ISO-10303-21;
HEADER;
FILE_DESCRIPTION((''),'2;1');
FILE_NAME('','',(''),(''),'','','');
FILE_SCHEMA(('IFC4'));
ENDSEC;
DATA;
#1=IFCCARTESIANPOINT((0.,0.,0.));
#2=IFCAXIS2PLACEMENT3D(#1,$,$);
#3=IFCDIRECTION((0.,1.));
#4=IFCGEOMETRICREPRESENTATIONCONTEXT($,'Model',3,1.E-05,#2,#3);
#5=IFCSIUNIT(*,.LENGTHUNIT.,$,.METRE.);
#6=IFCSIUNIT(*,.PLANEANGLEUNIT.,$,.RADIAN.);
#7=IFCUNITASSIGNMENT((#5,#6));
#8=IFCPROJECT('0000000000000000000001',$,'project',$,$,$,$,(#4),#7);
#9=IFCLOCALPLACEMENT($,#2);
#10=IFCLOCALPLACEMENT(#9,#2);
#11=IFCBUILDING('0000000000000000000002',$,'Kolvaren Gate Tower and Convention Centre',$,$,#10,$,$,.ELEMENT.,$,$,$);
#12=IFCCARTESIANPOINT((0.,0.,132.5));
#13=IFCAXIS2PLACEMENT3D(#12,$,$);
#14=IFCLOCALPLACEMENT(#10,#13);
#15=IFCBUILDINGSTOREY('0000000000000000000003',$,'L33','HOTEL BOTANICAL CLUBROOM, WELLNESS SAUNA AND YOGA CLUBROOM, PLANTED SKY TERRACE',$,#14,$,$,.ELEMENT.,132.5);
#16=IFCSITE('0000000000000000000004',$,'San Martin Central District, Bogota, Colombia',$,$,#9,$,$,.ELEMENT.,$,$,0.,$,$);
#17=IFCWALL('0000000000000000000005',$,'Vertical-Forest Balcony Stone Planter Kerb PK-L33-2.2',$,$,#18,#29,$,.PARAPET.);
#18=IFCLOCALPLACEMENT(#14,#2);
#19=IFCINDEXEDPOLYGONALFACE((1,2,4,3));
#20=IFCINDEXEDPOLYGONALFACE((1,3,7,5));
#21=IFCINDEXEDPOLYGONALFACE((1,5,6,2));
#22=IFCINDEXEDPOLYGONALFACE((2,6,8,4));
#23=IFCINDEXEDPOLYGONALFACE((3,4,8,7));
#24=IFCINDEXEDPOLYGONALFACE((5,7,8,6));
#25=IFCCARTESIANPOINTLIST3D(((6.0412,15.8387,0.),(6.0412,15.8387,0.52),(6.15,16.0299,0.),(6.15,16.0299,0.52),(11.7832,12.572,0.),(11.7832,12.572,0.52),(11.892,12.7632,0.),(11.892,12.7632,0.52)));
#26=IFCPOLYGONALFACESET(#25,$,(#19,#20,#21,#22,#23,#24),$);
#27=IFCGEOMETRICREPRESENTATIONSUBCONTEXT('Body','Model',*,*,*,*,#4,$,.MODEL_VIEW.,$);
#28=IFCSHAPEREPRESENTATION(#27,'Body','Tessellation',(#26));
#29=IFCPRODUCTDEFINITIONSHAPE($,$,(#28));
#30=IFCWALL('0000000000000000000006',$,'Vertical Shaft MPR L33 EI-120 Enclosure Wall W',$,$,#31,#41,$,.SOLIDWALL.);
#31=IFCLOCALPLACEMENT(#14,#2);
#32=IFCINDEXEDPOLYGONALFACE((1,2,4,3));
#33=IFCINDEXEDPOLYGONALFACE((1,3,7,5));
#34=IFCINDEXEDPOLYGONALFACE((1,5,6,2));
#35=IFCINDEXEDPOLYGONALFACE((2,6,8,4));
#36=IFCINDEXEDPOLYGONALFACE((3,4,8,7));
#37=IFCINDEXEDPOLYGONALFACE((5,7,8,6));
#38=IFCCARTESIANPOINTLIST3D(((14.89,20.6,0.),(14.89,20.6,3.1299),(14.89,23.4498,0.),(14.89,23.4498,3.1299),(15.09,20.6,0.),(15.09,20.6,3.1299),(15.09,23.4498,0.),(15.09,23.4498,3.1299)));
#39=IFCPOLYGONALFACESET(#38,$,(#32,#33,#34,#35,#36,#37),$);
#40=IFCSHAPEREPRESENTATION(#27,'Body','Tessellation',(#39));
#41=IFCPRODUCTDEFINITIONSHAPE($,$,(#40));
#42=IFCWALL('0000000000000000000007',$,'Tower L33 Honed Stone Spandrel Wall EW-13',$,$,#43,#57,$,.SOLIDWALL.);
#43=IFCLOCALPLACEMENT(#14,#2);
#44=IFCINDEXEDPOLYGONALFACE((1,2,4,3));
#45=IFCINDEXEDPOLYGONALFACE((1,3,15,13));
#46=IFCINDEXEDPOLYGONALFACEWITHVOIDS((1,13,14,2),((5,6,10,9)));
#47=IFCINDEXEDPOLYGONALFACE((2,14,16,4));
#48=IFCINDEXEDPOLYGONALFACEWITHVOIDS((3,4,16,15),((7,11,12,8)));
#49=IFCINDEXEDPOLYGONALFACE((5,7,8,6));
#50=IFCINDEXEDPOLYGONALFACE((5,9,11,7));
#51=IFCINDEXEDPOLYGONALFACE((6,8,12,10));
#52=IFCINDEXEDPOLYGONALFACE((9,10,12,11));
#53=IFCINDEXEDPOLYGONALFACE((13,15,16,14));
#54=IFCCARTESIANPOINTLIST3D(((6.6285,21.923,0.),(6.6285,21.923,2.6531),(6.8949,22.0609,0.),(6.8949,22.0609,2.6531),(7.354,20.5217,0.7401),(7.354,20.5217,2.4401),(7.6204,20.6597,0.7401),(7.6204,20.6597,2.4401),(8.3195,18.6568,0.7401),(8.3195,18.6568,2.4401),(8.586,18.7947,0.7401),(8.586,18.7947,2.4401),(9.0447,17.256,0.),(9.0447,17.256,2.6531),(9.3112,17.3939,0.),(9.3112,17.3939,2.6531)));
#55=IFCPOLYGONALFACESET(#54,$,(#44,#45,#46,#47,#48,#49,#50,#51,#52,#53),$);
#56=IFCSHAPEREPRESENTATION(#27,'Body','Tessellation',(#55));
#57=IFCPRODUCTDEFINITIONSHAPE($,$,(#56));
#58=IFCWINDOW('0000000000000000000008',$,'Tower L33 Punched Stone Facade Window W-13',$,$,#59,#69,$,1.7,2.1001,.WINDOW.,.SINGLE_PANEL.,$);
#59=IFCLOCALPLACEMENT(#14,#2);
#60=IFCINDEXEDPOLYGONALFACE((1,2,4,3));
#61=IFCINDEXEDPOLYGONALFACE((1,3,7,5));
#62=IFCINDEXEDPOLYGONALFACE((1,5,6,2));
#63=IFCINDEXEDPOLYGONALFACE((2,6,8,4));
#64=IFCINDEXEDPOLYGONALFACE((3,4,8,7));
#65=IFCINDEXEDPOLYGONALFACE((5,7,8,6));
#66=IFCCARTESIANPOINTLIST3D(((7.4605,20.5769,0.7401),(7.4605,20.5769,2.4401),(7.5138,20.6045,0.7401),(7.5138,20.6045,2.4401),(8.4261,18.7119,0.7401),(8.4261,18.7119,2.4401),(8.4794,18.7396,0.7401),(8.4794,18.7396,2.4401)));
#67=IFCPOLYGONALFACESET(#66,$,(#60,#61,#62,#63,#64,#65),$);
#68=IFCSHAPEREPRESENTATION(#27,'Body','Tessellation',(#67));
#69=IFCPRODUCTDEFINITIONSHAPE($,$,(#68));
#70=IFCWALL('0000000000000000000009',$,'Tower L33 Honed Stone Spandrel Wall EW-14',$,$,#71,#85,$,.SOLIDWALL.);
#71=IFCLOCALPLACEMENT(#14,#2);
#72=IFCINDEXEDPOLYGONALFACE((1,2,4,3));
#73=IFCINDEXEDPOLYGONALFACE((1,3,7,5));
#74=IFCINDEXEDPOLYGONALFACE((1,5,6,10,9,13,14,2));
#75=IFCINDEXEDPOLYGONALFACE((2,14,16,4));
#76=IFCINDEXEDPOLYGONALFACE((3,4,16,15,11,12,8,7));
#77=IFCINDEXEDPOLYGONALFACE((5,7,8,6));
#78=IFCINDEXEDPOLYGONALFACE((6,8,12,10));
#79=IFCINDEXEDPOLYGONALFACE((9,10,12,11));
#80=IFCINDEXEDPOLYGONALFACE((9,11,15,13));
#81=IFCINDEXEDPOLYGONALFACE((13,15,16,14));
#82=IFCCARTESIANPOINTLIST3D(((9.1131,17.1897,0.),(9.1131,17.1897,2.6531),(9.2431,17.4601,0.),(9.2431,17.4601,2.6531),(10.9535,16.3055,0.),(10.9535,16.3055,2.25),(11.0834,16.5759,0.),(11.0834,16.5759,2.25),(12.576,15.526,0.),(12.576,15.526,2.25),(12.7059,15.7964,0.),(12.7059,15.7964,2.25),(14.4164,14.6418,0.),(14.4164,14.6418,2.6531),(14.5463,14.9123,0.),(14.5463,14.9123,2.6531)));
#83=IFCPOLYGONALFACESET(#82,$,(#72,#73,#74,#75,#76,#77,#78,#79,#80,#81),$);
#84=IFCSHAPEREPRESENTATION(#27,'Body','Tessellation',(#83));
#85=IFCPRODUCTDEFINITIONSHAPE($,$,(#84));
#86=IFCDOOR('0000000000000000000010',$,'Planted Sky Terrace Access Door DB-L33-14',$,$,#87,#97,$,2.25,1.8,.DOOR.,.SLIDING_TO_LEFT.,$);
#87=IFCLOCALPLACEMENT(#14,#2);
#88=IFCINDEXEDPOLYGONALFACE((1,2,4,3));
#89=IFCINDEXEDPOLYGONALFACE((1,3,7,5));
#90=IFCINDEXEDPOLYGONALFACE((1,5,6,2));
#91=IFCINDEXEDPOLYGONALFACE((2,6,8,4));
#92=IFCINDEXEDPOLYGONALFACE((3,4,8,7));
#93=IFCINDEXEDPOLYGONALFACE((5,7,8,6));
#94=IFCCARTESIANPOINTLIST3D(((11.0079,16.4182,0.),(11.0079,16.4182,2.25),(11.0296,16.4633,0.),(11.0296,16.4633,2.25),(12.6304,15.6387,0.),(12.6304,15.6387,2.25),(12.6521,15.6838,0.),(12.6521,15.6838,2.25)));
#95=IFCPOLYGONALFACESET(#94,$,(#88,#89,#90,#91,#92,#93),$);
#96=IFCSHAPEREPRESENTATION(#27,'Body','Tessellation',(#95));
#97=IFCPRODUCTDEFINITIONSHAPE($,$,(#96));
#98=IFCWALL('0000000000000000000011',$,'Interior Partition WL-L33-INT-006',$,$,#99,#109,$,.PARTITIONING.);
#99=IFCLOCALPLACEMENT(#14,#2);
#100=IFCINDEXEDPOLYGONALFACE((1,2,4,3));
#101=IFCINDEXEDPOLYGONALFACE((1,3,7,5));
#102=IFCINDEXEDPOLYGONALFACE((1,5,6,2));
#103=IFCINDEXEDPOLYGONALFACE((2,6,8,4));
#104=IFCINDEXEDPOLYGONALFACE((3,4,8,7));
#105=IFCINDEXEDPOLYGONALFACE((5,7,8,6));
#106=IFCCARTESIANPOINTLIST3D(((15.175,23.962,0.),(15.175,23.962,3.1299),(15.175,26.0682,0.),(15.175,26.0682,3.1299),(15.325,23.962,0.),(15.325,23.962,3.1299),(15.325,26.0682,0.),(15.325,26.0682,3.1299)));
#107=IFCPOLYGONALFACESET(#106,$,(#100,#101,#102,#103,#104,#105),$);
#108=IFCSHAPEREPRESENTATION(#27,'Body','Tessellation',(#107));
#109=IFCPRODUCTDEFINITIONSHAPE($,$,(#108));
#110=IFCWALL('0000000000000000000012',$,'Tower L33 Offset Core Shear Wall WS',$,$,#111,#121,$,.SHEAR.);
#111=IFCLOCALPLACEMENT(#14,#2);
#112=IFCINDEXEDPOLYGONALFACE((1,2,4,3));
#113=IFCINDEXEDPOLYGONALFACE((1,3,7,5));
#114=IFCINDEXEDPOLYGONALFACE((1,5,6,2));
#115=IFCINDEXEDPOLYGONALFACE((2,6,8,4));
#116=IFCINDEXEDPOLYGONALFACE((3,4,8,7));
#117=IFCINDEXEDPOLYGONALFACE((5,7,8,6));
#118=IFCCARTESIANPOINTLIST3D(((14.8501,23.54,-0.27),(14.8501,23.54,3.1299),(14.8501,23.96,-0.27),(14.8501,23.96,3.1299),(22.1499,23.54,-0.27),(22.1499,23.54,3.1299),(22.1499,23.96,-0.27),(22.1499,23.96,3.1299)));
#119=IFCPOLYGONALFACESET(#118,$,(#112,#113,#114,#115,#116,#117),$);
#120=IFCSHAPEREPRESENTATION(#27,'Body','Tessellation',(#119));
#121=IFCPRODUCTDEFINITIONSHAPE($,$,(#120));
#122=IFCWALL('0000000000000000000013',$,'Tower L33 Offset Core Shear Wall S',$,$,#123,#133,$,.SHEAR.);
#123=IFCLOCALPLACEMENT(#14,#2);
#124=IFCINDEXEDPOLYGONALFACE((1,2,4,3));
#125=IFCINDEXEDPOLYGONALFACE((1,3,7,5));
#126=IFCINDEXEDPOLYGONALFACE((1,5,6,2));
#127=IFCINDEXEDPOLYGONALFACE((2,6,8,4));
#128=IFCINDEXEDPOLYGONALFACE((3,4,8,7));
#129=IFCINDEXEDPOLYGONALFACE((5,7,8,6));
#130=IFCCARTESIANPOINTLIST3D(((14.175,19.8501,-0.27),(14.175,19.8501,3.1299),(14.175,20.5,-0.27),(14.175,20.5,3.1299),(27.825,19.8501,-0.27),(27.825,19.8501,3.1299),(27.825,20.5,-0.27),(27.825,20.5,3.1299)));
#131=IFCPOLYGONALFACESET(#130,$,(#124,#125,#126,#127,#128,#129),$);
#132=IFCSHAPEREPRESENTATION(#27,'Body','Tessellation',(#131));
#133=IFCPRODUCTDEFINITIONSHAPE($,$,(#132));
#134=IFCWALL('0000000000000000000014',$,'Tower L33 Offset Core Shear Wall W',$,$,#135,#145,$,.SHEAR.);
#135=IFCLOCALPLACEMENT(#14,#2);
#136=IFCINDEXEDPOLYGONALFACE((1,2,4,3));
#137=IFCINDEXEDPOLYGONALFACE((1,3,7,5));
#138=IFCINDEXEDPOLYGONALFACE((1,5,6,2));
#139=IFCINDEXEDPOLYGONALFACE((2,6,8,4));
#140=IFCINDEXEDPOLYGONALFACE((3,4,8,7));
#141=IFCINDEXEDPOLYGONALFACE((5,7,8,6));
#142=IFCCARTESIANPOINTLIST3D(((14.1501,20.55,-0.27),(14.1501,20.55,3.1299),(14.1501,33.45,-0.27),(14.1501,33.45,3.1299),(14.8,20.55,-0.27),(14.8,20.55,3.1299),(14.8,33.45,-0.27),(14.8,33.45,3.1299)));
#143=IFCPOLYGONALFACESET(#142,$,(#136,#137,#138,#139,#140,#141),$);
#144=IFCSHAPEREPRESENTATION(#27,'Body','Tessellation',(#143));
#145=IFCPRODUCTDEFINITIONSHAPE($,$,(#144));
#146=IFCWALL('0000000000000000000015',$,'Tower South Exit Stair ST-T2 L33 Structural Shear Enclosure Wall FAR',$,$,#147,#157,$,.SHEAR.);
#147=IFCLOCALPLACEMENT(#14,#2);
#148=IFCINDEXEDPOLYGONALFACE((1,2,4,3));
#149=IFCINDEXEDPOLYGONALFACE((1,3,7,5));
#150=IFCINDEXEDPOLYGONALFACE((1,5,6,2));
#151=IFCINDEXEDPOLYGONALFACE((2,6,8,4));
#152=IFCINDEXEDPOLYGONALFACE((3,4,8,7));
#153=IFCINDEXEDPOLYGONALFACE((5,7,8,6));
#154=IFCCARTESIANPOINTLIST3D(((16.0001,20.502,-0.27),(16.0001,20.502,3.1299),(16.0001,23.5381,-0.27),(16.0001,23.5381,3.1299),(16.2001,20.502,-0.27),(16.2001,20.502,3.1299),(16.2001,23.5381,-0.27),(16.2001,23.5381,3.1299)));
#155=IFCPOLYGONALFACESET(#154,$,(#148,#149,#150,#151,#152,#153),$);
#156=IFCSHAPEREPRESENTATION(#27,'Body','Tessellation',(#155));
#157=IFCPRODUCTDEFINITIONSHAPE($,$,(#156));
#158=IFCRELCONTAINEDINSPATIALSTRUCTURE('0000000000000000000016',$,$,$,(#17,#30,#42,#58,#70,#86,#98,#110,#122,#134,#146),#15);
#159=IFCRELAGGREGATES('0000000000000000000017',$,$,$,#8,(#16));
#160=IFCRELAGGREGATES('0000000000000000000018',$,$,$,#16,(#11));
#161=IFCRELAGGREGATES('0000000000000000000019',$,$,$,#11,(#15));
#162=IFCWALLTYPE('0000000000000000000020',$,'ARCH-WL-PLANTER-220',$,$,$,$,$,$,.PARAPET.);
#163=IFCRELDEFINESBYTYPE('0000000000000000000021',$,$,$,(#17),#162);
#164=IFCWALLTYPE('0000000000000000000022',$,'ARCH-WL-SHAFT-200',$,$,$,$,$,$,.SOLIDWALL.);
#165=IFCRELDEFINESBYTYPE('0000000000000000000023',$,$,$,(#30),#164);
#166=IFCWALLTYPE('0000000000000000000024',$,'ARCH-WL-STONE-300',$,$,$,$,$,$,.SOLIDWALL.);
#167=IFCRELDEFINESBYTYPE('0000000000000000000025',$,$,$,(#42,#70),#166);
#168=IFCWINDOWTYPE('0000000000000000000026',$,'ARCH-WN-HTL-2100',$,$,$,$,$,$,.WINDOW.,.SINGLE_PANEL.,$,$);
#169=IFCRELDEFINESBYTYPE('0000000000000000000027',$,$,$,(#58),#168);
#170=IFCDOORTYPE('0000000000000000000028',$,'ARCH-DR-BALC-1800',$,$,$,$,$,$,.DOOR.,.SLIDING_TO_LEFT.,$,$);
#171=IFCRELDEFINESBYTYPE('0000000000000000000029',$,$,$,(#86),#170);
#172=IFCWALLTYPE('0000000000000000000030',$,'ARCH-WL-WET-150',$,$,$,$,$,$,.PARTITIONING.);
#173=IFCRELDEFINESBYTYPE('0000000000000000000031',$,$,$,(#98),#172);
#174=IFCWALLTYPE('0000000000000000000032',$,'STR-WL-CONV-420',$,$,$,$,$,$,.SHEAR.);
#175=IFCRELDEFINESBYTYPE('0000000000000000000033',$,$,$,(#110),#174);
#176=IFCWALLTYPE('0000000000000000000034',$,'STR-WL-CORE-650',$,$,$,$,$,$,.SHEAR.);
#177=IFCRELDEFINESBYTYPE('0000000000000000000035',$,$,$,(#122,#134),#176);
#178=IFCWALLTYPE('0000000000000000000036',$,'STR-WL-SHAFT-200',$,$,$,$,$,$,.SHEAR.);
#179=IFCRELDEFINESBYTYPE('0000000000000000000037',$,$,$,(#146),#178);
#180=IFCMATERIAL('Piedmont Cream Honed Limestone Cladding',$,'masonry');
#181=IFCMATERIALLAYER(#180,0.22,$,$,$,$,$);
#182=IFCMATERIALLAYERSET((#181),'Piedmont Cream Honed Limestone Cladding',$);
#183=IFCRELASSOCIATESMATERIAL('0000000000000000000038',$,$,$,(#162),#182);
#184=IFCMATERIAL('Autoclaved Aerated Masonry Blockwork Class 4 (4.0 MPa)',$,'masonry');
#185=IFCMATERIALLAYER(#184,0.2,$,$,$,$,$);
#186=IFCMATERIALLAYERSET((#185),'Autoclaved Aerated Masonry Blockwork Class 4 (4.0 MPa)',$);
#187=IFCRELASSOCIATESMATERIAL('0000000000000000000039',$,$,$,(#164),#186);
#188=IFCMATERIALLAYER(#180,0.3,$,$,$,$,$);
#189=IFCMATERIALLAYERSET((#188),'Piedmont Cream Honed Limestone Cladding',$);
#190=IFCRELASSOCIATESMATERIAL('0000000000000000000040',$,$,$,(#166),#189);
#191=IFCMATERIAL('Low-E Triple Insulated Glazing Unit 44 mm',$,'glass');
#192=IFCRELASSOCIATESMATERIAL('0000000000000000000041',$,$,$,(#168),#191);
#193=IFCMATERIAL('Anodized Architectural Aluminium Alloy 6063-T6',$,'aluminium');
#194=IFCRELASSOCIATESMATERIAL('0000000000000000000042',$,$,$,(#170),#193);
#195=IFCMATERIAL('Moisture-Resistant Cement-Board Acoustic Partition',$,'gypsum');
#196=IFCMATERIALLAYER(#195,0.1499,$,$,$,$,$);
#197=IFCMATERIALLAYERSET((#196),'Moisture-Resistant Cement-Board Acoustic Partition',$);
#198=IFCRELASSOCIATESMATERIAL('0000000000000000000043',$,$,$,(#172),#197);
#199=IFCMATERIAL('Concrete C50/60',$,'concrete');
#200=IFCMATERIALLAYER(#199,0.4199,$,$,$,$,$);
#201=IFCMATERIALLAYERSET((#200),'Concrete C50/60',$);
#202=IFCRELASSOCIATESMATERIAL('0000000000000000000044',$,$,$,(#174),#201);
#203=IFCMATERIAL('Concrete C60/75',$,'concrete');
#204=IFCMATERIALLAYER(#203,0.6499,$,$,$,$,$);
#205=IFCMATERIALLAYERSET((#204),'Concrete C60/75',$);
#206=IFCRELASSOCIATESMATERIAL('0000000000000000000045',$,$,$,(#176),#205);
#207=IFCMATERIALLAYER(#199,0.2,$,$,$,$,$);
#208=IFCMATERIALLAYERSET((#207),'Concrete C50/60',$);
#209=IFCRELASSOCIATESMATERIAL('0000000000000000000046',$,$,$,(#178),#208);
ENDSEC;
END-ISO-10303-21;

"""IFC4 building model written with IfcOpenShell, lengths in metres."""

from ifc_helpers import new_model, si_unit, direction, frame, frame_2d, origin, place, context, subcontext, project, spatial, rectangle, extrude, material, layer, layer_set, type_object, element, fill, save


model = new_model("IFC4")

# Units and contexts
model_context = context("Model", 3, precision=1e-05, world=origin(), true_north=direction((0.0, 1.0)))
body_context = subcontext(model_context, "Body", "Model", "MODEL_VIEW")
ifc_project = project(units=[si_unit("LENGTHUNIT", "METRE"), si_unit("PLANEANGLEUNIT", "RADIAN")], contexts=[model_context])

# Site, building, storey
site_placement = place(None, origin())
site = spatial("IfcSite", under=ifc_project, at=site_placement, Name="San Martin Central District, Bogota, Colombia", CompositionType="ELEMENT", RefElevation=0.0)
building_placement = place(site_placement, origin())
building = spatial("IfcBuilding", under=site, at=building_placement, Name="Kolvaren Gate Tower and Convention Centre", CompositionType="ELEMENT")
storey_placement = place(building_placement, frame((0.0, 0.0, 132.5)))
storey = spatial("IfcBuildingStorey", under=building, at=storey_placement, Name="L33", Description="HOTEL BOTANICAL CLUBROOM, WELLNESS SAUNA AND YOGA CLUBROOM, PLANTED SKY TERRACE", CompositionType="ELEMENT", Elevation=132.5)

# Shared definitions
ifc_material_1 = material(Name="Concrete C60/75", Category="concrete")

# Walls
ifc_material_2 = material(Name="Piedmont Cream Honed Limestone Cladding", Category="masonry")
ifc_layer_1 = layer(ifc_material_2, 0.22)
ifc_layer_set_1 = layer_set([ifc_layer_1], Name="Piedmont Cream Honed Limestone Cladding")
wall_type_1 = type_object("IfcWallType", Name="ARCH-WL-PLANTER-220", PredefinedType="PARAPET", material=ifc_layer_set_1)
wall_1_placement = place(storey_placement, frame((6.0955, 15.9343, 0.0), z_axis=(0.0, 0.0, 1.0), x_axis=(0.869188, -0.494482, 0.0)))
element("IfcWall", 1, at=wall_1_placement, inside=storey, type_object=wall_type_1, Name="Vertical-Forest Balcony Stone Planter Kerb PK-L33-2.2", PredefinedType="PARAPET", context=body_context, shape_type="SweptSolid", body=[
    extrude(rectangle(XDim=6.6062, YDim=0.22, at=frame_2d((3.3032, 0.0))), origin(), (0.0, 0.0, 1.0), 0.52),
])
ifc_material_3 = material(Name="Autoclaved Aerated Masonry Blockwork Class 4 (4.0 MPa)", Category="masonry")
ifc_layer_2 = layer(ifc_material_3, 0.2)
ifc_layer_set_2 = layer_set([ifc_layer_2], Name="Autoclaved Aerated Masonry Blockwork Class 4 (4.0 MPa)")
wall_type_2 = type_object("IfcWallType", Name="ARCH-WL-SHAFT-200", PredefinedType="SOLIDWALL", material=ifc_layer_set_2)
wall_2_placement = place(storey_placement, frame((14.99, 20.6001, 0.0), z_axis=(0.0, 0.0, 1.0), x_axis=(0.0, 1.0, 0.0)))
element("IfcWall", 2, at=wall_2_placement, inside=storey, type_object=wall_type_2, Name="Vertical Shaft MPR L33 EI-120 Enclosure Wall W", PredefinedType="SOLIDWALL", context=body_context, shape_type="SweptSolid", body=[
    extrude(rectangle(XDim=2.8499, YDim=0.2, at=frame_2d((1.4248, 0.0))), origin(), (0.0, 0.0, 1.0), 3.1299),
])

# Wall, opening, window
ifc_layer_3 = layer(ifc_material_2, 0.3)
ifc_layer_set_3 = layer_set([ifc_layer_3], Name="Piedmont Cream Honed Limestone Cladding")
wall_type_3 = type_object("IfcWallType", Name="ARCH-WL-STONE-300", PredefinedType="SOLIDWALL", material=ifc_layer_set_3)
wall_3_placement = place(storey_placement, frame((6.7617, 21.9919, 0.0), z_axis=(0.0, 0.0, 1.0), x_axis=(0.459768, -0.888039, 0.0)))
wall_3 = element("IfcWall", 3, at=wall_3_placement, inside=storey, type_object=wall_type_3, Name="Tower L33 Honed Stone Spandrel Wall EW-13", PredefinedType="SOLIDWALL", context=body_context, shape_type="SweptSolid", body=[
    extrude(rectangle(XDim=5.2554, YDim=0.3, at=frame_2d((2.6277, 0.0))), origin(), (0.0, 0.0, 1.0), 2.6531),
])
opening_1_placement = place(wall_3_placement, frame((1.5779, 0.0, 0.74)))
opening_1 = element("IfcOpeningElement", 4, at=opening_1_placement, cuts=wall_3, PredefinedType="OPENING", context=body_context, shape_type="SweptSolid", body=[
    extrude(rectangle(XDim=2.1001, YDim=1.7, at=frame_2d((1.05, 0.8501))), frame((0.0, 0.1599, 0.0), z_axis=(0.0, -1.0, 0.0), x_axis=(1.0, 0.0, 0.0)), (0.0, 0.0, 1.0), 0.3201),
])
ifc_material_4 = material(Name="Low-E Triple Insulated Glazing Unit 44 mm", Category="glass")
window_type = type_object("IfcWindowType", Name="ARCH-WN-HTL-2100", PartitioningType="SINGLE_PANEL", PredefinedType="WINDOW", material=ifc_material_4)
window_placement = place(opening_1_placement, origin())
window = element("IfcWindow", 5, at=window_placement, inside=storey, type_object=window_type, Name="Tower L33 Punched Stone Facade Window W-13", OverallHeight=1.7, OverallWidth=2.1001, PartitioningType="SINGLE_PANEL", PredefinedType="WINDOW", context=body_context, shape_type="SweptSolid", body=[
    extrude(rectangle(XDim=2.1001, YDim=1.7, at=frame_2d((1.05, 0.8501))), frame((0.0, 0.03, 0.0), z_axis=(0.0, -1.0, 0.0), x_axis=(1.0, 0.0, 0.0)), (0.0, 0.0, 1.0), 0.0601),
])
fill(opening_1, window)

# Wall, opening, door
wall_4_placement = place(storey_placement, frame((9.178, 17.325, 0.0), z_axis=(0.0, 0.0, 1.0), x_axis=(0.90137, -0.433049, 0.0)))
wall_4 = element("IfcWall", 6, at=wall_4_placement, inside=storey, type_object=wall_type_3, Name="Tower L33 Honed Stone Spandrel Wall EW-14", PredefinedType="SOLIDWALL", context=body_context, shape_type="SweptSolid", body=[
    extrude(rectangle(XDim=5.8835, YDim=0.3, at=frame_2d((2.9419, 0.0))), origin(), (0.0, 0.0, 1.0), 2.6531),
])
opening_2_placement = place(wall_4_placement, frame((2.042, 0.0, 0.0)))
opening_2 = element("IfcOpeningElement", 7, at=opening_2_placement, cuts=wall_4, PredefinedType="OPENING", context=body_context, shape_type="SweptSolid", body=[
    extrude(rectangle(XDim=1.8, YDim=2.25, at=frame_2d((0.8999, 1.125))), frame((0.0, 0.1599, 0.0), z_axis=(0.0, -1.0, 0.0), x_axis=(1.0, 0.0, 0.0)), (0.0, 0.0, 1.0), 0.3201),
])
ifc_material_5 = material(Name="Anodized Architectural Aluminium Alloy 6063-T6", Category="aluminium")
door_type = type_object("IfcDoorType", Name="ARCH-DR-BALC-1800", OperationType="SLIDING_TO_LEFT", PredefinedType="DOOR", material=ifc_material_5)
door_placement = place(opening_2_placement, frame((1.8, 0.0, 0.0), z_axis=(0.0, 0.0, 1.0), x_axis=(-1.0, 0.0, 0.0)))
door = element("IfcDoor", 8, at=door_placement, inside=storey, type_object=door_type, Name="Planted Sky Terrace Access Door DB-L33-14", OperationType="SLIDING_TO_LEFT", OverallHeight=2.25, OverallWidth=1.8, PredefinedType="DOOR", context=body_context, shape_type="SweptSolid", body=[
    extrude(rectangle(XDim=1.8, YDim=2.25, at=frame_2d((0.8999, 1.125))), frame((0.0, 0.0249, 0.0), z_axis=(0.0, -1.0, 0.0), x_axis=(1.0, 0.0, 0.0)), (0.0, 0.0, 1.0), 0.05),
])
fill(opening_2, door)

# Walls
ifc_material_6 = material(Name="Moisture-Resistant Cement-Board Acoustic Partition", Category="gypsum")
ifc_layer_4 = layer(ifc_material_6, 0.1499)
ifc_layer_set_4 = layer_set([ifc_layer_4], Name="Moisture-Resistant Cement-Board Acoustic Partition")
wall_type_4 = type_object("IfcWallType", Name="ARCH-WL-WET-150", PredefinedType="PARTITIONING", material=ifc_layer_set_4)
wall_5_placement = place(storey_placement, frame((15.25, 23.9619, 0.0), z_axis=(0.0, 0.0, 1.0), x_axis=(0.0, 1.0, 0.0)))
element("IfcWall", 9, at=wall_5_placement, inside=storey, type_object=wall_type_4, Name="Interior Partition WL-L33-INT-006", PredefinedType="PARTITIONING", context=body_context, shape_type="SweptSolid", body=[
    extrude(rectangle(XDim=2.1062, YDim=0.1499, at=frame_2d((1.0532, 0.0))), origin(), (0.0, 0.0, 1.0), 3.1299),
])
ifc_material_7 = material(Name="Concrete C50/60", Category="concrete")
ifc_layer_5 = layer(ifc_material_7, 0.4199)
ifc_layer_set_5 = layer_set([ifc_layer_5], Name="Concrete C50/60")
wall_type_5 = type_object("IfcWallType", Name="STR-WL-CONV-420", PredefinedType="SHEAR", material=ifc_layer_set_5)
wall_6_placement = place(storey_placement, frame((14.8501, 23.75, -0.27), z_axis=(0.0, 0.0, 1.0), x_axis=(1.0, 0.0, 0.0)))
element("IfcWall", 10, at=wall_6_placement, inside=storey, type_object=wall_type_5, Name="Tower L33 Offset Core Shear Wall WS", PredefinedType="SHEAR", context=body_context, shape_type="SweptSolid", body=[
    extrude(rectangle(XDim=7.2998, YDim=0.4199, at=frame_2d((3.6499, 0.0))), origin(), (0.0, 0.0, 1.0), 3.3999),
])
ifc_layer_6 = layer(ifc_material_1, 0.6499)
ifc_layer_set_6 = layer_set([ifc_layer_6], Name="Concrete C60/75")
wall_type_6 = type_object("IfcWallType", Name="STR-WL-CORE-650", PredefinedType="SHEAR", material=ifc_layer_set_6)
wall_7_placement = place(storey_placement, frame((14.175, 20.175, -0.27), z_axis=(0.0, 0.0, 1.0), x_axis=(1.0, 0.0, 0.0)))
element("IfcWall", 11, at=wall_7_placement, inside=storey, type_object=wall_type_6, Name="Tower L33 Offset Core Shear Wall S", PredefinedType="SHEAR", context=body_context, shape_type="SweptSolid", body=[
    extrude(rectangle(XDim=13.6499, YDim=0.6499, at=frame_2d((6.825, 0.0))), origin(), (0.0, 0.0, 1.0), 3.3999),
])
wall_8_placement = place(storey_placement, frame((14.4751, 20.55, -0.27), z_axis=(0.0, 0.0, 1.0), x_axis=(0.0, 1.0, 0.0)))
element("IfcWall", 12, at=wall_8_placement, inside=storey, type_object=wall_type_6, Name="Tower L33 Offset Core Shear Wall W", PredefinedType="SHEAR", context=body_context, shape_type="SweptSolid", body=[
    extrude(rectangle(XDim=12.8999, YDim=0.6499, at=frame_2d((6.45, 0.0))), origin(), (0.0, 0.0, 1.0), 3.3999),
])
ifc_layer_7 = layer(ifc_material_7, 0.2)
ifc_layer_set_7 = layer_set([ifc_layer_7], Name="Concrete C50/60")
wall_type_7 = type_object("IfcWallType", Name="STR-WL-SHAFT-200", PredefinedType="SHEAR", material=ifc_layer_set_7)
wall_9_placement = place(storey_placement, frame((16.1001, 20.502, -0.27), z_axis=(0.0, 0.0, 1.0), x_axis=(0.0, 1.0, 0.0)))
element("IfcWall", 13, at=wall_9_placement, inside=storey, type_object=wall_type_7, Name="Tower South Exit Stair ST-T2 L33 Structural Shear Enclosure Wall FAR", PredefinedType="SHEAR", context=body_context, shape_type="SweptSolid", body=[
    extrude(rectangle(XDim=3.0361, YDim=0.2, at=frame_2d((1.5181, 0.0))), origin(), (0.0, 0.0, 1.0), 3.3999),
])

save(model, "model.ifc")
